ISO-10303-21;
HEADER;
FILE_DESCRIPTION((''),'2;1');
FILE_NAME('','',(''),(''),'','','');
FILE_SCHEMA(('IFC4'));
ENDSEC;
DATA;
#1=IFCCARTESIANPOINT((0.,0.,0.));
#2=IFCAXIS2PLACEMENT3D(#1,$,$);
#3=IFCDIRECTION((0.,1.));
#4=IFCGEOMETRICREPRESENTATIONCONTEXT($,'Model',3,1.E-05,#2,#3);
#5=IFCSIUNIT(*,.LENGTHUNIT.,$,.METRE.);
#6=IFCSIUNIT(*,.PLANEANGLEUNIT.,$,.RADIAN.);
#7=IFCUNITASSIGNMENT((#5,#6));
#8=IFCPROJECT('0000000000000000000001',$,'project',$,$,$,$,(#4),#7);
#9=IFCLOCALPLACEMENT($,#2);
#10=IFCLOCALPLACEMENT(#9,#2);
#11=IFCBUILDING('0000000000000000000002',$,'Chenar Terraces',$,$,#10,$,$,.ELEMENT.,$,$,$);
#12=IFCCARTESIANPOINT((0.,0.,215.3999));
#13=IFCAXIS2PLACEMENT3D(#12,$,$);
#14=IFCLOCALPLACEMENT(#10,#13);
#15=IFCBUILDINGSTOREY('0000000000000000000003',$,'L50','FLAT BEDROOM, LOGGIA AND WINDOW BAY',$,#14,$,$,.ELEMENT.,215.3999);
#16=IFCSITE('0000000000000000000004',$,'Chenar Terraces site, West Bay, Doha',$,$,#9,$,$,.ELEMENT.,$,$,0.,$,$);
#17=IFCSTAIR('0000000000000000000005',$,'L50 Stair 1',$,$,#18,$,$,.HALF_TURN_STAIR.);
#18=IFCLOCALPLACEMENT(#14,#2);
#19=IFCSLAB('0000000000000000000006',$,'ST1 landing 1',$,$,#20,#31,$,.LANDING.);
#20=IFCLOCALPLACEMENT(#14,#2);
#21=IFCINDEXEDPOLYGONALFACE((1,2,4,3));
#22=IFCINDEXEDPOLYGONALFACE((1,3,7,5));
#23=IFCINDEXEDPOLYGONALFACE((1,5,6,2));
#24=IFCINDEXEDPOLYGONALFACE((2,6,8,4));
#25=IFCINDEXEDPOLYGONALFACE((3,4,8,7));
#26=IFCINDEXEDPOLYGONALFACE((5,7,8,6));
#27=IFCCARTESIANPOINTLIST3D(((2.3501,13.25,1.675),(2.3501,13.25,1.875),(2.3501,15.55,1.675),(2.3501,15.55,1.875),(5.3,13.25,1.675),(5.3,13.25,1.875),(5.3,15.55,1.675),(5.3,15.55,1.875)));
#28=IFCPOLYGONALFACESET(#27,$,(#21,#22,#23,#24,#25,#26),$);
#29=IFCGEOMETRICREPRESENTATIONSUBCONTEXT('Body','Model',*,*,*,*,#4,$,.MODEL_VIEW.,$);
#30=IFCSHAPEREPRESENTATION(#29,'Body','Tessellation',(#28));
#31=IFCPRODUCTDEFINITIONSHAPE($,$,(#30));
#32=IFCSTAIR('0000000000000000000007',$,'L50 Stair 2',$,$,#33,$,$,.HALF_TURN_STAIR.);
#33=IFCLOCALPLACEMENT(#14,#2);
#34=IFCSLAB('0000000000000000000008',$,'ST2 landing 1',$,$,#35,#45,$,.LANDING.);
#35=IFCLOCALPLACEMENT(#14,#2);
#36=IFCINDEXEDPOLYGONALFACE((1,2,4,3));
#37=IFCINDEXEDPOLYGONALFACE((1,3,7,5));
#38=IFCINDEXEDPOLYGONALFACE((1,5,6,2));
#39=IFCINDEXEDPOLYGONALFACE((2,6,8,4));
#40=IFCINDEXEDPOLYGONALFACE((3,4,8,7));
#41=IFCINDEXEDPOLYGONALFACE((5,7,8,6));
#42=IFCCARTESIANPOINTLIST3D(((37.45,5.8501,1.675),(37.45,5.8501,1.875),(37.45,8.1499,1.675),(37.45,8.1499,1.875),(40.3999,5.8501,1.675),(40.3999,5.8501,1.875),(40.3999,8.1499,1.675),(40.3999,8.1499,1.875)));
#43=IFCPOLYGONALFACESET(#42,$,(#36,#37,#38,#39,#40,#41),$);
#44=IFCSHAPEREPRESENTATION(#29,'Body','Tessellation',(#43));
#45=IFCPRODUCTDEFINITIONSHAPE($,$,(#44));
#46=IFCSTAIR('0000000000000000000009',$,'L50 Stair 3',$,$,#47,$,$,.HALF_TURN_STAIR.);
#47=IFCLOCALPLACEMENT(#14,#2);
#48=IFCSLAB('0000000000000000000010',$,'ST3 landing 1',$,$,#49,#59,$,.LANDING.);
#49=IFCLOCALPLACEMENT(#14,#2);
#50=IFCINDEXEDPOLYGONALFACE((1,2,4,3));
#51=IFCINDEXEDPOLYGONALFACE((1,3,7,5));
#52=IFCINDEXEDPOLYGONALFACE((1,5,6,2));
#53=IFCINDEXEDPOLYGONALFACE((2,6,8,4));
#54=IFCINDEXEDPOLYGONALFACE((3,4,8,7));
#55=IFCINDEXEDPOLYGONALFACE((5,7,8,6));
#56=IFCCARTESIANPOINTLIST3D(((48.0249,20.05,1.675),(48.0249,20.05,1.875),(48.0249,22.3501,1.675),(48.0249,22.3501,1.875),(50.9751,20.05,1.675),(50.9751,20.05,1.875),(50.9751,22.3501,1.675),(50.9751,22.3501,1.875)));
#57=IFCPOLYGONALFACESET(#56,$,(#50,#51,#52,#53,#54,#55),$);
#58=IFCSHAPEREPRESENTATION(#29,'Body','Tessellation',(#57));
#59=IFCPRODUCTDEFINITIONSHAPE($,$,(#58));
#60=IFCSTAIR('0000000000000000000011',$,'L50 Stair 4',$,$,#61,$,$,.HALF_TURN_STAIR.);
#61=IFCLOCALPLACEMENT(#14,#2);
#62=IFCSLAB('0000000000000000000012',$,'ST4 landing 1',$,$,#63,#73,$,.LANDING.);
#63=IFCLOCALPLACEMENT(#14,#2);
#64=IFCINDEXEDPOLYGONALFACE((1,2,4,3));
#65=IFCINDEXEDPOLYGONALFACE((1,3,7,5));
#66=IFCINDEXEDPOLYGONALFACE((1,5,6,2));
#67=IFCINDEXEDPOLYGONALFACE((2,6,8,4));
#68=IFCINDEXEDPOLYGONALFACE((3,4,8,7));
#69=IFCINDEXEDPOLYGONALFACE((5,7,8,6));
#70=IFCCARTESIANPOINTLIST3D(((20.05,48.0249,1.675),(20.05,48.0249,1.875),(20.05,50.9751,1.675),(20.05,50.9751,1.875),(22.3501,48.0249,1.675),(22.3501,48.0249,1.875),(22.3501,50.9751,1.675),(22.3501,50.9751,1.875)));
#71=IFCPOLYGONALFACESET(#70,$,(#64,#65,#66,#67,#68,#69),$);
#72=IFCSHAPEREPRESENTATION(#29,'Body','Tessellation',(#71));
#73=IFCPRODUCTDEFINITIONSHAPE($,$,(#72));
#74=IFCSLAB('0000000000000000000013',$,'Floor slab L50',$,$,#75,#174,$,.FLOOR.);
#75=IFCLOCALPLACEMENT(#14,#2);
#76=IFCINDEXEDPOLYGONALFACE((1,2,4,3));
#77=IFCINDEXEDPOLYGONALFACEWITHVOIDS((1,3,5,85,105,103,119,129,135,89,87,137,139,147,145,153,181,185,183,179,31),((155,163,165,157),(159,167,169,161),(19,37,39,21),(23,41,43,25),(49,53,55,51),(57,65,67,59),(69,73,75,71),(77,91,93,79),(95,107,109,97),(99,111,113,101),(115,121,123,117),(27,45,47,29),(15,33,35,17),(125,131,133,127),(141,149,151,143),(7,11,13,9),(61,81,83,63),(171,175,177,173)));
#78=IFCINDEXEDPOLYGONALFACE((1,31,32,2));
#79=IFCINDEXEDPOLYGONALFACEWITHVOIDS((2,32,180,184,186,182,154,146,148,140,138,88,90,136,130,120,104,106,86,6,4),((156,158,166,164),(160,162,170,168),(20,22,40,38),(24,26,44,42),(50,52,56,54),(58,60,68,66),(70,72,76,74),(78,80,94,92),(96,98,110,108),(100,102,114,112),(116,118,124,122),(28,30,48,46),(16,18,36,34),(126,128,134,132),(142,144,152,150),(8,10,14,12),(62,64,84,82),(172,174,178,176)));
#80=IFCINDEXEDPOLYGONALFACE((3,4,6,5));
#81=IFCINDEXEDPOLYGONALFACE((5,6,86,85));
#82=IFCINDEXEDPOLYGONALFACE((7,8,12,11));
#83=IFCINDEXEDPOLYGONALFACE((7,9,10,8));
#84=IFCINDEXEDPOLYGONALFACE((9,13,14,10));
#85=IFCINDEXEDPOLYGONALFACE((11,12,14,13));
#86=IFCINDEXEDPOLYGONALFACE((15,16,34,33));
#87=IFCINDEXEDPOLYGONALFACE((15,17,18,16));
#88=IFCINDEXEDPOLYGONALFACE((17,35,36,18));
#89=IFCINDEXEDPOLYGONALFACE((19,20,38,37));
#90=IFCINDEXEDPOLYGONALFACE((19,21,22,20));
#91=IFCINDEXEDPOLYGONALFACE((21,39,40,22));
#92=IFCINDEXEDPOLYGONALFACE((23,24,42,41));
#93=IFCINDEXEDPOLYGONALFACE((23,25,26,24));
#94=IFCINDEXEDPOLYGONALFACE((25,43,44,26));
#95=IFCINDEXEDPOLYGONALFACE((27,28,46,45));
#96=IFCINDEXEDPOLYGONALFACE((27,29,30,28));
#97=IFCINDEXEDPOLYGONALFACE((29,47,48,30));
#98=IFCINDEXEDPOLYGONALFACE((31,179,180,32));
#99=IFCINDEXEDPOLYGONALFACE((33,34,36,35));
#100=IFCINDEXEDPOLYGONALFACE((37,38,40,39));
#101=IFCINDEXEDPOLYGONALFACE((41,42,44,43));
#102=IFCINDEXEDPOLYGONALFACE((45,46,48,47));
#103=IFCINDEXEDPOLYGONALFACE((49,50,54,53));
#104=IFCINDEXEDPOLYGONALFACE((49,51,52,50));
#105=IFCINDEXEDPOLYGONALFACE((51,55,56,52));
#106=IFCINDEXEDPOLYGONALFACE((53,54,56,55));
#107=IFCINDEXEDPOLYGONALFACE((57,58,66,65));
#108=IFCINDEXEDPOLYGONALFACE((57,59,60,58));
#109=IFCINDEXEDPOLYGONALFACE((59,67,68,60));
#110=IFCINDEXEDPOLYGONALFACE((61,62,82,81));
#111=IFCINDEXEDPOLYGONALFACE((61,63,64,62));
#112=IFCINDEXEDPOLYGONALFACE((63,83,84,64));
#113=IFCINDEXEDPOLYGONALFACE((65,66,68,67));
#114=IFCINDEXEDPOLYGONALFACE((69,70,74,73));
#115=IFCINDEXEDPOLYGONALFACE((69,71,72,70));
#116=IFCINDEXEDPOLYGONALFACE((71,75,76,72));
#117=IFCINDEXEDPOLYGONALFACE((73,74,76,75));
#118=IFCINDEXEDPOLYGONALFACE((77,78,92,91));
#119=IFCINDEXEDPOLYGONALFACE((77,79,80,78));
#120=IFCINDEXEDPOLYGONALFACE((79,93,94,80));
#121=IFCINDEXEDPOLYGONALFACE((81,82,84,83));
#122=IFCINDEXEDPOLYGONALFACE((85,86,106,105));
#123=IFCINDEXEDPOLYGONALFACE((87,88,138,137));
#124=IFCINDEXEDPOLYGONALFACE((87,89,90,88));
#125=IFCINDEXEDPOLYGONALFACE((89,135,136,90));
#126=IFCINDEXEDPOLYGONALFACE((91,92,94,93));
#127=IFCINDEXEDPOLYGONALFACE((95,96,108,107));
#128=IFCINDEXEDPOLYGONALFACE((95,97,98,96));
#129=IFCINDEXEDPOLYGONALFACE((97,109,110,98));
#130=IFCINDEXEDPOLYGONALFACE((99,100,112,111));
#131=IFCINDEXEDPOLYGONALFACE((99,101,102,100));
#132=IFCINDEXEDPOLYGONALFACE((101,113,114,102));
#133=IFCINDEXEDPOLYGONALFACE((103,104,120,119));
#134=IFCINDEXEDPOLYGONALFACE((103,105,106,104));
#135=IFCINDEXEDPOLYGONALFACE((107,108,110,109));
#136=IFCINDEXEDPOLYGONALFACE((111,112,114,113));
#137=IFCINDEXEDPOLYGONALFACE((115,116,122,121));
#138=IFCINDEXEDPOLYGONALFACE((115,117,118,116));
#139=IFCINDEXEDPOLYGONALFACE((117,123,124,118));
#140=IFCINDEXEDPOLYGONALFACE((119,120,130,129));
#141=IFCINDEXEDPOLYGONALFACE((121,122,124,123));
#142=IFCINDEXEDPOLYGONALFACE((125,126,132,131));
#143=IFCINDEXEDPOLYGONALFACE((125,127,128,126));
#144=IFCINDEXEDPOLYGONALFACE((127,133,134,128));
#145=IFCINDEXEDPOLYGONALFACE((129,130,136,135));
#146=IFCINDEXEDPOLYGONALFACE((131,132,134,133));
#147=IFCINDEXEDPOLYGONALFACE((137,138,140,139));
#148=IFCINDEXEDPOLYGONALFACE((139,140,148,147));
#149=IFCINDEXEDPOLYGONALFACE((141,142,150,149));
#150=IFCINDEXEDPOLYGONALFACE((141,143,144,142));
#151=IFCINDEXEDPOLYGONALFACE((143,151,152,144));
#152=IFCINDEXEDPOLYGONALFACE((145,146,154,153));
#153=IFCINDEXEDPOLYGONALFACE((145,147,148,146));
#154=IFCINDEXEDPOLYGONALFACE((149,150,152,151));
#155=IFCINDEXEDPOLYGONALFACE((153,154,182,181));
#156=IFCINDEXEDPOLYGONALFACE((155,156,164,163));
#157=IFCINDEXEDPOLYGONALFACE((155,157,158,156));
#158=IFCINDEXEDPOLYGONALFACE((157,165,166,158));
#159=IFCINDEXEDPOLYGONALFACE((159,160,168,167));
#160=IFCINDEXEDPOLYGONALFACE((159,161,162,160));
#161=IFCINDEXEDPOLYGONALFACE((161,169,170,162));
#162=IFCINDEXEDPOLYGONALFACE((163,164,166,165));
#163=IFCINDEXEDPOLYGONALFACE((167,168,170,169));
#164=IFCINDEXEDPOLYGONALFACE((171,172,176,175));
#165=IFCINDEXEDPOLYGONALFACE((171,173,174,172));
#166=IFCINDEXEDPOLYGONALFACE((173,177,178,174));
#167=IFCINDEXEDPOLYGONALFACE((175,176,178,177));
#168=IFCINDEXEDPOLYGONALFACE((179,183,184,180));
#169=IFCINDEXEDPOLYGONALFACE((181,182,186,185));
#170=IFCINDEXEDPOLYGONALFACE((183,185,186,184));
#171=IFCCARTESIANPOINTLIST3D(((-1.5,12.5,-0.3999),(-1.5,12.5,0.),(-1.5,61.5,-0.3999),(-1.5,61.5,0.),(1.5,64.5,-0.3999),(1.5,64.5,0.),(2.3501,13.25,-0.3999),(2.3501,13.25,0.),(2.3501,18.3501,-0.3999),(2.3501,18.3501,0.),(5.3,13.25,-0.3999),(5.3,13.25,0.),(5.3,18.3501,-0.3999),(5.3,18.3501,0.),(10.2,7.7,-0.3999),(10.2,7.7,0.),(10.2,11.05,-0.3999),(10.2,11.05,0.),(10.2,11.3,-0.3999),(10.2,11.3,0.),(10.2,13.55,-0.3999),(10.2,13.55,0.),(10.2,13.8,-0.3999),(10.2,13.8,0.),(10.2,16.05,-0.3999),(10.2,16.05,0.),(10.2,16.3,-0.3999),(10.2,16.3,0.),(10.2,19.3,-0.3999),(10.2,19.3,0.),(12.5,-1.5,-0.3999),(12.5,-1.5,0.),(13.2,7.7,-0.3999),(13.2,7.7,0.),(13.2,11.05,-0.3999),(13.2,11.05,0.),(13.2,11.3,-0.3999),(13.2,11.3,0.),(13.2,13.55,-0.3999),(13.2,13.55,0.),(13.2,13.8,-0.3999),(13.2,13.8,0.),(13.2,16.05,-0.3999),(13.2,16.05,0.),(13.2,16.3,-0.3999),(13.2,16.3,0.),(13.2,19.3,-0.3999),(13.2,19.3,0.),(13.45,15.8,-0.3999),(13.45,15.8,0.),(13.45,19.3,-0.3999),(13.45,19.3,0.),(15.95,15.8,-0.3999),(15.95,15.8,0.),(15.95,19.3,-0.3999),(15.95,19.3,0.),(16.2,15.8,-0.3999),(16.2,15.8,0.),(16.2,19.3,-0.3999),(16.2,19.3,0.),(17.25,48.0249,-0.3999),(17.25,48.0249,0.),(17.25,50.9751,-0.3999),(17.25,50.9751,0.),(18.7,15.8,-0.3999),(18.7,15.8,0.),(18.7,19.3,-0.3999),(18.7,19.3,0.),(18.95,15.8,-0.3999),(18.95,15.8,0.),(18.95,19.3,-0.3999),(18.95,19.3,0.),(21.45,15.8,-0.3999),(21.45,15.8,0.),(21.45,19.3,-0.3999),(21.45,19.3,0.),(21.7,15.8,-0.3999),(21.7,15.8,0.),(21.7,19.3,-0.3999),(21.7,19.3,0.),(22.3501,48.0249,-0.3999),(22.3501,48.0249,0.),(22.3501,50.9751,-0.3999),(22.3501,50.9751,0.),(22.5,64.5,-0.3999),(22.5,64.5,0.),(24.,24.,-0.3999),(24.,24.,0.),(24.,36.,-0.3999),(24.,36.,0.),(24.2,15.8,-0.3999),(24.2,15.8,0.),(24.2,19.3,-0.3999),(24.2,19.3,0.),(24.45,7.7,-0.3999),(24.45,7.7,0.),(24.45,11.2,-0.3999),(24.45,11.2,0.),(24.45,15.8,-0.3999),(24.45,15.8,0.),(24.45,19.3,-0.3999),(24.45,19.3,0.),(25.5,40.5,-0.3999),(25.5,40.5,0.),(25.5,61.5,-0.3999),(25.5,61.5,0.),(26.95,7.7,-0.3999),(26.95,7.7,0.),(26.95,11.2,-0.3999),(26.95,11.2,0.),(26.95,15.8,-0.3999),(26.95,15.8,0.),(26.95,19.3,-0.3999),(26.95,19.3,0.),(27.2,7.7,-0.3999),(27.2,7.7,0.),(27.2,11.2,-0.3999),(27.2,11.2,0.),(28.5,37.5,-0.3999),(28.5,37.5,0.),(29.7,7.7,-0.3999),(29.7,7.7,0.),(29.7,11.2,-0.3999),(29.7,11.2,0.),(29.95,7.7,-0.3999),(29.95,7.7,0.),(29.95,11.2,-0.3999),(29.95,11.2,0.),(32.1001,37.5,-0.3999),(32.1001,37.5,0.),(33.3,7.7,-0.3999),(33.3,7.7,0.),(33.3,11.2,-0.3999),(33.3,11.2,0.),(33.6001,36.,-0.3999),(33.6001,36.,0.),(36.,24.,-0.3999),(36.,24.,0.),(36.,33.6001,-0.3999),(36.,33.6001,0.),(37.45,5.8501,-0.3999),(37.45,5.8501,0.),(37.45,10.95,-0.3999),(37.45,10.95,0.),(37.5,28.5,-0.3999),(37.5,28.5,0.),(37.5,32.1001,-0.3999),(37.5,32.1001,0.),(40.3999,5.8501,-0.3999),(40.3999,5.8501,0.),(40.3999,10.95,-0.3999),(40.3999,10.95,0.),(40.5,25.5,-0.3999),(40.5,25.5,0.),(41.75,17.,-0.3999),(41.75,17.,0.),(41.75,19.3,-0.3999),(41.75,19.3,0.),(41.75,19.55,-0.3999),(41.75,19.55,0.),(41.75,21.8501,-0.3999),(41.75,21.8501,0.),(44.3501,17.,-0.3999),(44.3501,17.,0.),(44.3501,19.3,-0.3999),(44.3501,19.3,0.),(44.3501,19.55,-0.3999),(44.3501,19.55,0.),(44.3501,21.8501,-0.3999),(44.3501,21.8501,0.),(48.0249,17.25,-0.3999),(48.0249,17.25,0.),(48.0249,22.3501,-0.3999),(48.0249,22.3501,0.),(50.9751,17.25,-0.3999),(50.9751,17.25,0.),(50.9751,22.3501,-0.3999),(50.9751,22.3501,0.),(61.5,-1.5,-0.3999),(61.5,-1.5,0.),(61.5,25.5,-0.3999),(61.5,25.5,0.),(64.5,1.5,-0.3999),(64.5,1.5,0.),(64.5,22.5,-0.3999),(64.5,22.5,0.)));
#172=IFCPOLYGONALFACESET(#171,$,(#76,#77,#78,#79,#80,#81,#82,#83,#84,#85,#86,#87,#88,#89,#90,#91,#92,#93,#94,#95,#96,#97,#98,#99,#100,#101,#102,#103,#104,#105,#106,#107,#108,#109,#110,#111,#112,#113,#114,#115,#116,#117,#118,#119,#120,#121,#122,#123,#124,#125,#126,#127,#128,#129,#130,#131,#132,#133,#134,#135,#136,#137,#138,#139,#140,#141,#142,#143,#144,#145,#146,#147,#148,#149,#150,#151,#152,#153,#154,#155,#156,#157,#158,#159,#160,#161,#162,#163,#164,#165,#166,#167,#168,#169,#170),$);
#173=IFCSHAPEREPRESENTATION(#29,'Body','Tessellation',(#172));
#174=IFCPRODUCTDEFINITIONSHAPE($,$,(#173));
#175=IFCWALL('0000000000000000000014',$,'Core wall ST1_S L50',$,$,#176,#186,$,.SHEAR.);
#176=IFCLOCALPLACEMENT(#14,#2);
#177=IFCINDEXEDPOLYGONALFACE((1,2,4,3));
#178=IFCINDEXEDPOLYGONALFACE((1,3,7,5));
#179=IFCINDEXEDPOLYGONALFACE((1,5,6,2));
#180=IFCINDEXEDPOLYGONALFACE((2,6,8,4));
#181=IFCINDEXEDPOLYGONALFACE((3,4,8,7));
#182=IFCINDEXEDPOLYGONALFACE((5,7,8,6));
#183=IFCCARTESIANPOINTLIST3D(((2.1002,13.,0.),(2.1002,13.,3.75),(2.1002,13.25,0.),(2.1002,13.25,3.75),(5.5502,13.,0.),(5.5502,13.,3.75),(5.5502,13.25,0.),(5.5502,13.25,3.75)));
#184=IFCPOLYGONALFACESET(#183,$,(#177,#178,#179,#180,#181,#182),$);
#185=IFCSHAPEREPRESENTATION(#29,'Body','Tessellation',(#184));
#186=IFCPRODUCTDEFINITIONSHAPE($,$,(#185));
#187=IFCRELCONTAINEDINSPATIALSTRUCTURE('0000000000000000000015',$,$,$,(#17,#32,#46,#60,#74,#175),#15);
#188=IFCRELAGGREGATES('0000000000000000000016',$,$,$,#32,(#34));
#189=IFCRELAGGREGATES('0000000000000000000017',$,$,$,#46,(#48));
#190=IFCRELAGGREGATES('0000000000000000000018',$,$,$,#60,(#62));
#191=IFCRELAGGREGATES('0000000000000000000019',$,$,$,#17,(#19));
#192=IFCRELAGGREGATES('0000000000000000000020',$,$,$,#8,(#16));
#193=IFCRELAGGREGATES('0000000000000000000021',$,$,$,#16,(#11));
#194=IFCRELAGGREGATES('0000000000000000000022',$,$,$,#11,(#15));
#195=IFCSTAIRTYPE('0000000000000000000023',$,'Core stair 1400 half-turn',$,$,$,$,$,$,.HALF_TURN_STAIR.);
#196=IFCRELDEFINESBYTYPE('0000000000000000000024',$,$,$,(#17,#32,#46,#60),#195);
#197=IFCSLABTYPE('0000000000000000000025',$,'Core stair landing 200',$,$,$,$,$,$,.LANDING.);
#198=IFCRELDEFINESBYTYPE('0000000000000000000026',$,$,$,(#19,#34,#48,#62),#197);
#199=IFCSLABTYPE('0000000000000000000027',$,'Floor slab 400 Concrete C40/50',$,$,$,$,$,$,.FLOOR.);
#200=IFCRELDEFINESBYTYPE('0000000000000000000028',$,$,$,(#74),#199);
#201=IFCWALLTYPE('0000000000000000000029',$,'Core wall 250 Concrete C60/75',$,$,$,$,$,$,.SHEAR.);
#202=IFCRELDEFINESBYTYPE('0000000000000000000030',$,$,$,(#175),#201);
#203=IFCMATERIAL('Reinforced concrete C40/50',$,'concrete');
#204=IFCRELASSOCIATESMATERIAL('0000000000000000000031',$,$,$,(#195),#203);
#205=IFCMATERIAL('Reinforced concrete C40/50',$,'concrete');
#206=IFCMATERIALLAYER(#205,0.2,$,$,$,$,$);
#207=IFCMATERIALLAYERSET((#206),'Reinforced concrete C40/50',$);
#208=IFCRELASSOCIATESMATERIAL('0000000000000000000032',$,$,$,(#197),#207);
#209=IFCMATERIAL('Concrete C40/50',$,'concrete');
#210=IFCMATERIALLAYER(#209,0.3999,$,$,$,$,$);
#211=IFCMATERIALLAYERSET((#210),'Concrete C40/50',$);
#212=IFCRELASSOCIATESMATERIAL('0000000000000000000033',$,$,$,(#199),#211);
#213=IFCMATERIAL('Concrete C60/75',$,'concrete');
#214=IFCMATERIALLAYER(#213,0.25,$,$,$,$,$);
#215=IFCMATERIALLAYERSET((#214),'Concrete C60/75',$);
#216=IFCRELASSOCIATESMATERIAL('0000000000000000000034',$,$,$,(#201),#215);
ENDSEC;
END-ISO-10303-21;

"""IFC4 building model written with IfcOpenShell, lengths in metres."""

from ifc_helpers import new_model, si_unit, direction, frame, frame_2d, origin, place, context, subcontext, project, spatial, polyline, rectangle, outline, extrude, material, layer, layer_set, type_object, element, aggregate, save


model = new_model("IFC4")

# Units and contexts
model_context = context("Model", 3, precision=1e-05, world=origin(), true_north=direction((0.0, 1.0)))
body_context = subcontext(model_context, "Body", "Model", "MODEL_VIEW")
ifc_project = project(units=[si_unit("LENGTHUNIT", "METRE"), si_unit("PLANEANGLEUNIT", "RADIAN")], contexts=[model_context])

# Site, building, storey
site_placement = place(None, origin())
site = spatial("IfcSite", under=ifc_project, at=site_placement, Name="Chenar Terraces site, West Bay, Doha", CompositionType="ELEMENT", RefElevation=0.0)
building_placement = place(site_placement, origin())
building = spatial("IfcBuilding", under=site, at=building_placement, Name="Chenar Terraces", CompositionType="ELEMENT")
storey_placement = place(building_placement, frame((0.0, 0.0, 215.3999)))
storey = spatial("IfcBuildingStorey", under=building, at=storey_placement, Name="L50", Description="FLAT BEDROOM, LOGGIA AND WINDOW BAY", CompositionType="ELEMENT", Elevation=215.3999)

# Stairs, slabs
ifc_material_1 = material(Name="Reinforced concrete C40/50", Category="concrete")
stair_type = type_object("IfcStairType", Name="Core stair 1400 half-turn", PredefinedType="HALF_TURN_STAIR", material=ifc_material_1)
placement_1 = place(storey_placement, origin())
stair_1 = element("IfcStair", 1, at=placement_1, inside=storey, type_object=stair_type, Name="L50 Stair 1", PredefinedType="HALF_TURN_STAIR")
ifc_material_2 = material(Name="Reinforced concrete C40/50", Category="concrete")
ifc_layer_1 = layer(ifc_material_2, 0.2)
ifc_layer_set_1 = layer_set([ifc_layer_1], Name="Reinforced concrete C40/50")
slab_type_1 = type_object("IfcSlabType", Name="Core stair landing 200", PredefinedType="LANDING", material=ifc_layer_set_1)
placement_2 = place(storey_placement, frame((0.0, 0.0, 1.675)))
slab_1 = element("IfcSlab", 2, at=placement_2, type_object=slab_type_1, Name="ST1 landing 1", PredefinedType="LANDING", context=body_context, shape_type="SweptSolid", body=[
    extrude(outline(polyline([(2.3501, 15.55), (2.3501, 13.25), (5.3, 13.25), (5.3, 15.55), (2.3501, 15.55)])), origin(), (0.0, 0.0, 1.0), 0.2),
])
stair_2 = element("IfcStair", 3, at=placement_1, inside=storey, type_object=stair_type, Name="L50 Stair 2", PredefinedType="HALF_TURN_STAIR")
slab_2 = element("IfcSlab", 4, at=placement_2, type_object=slab_type_1, Name="ST2 landing 1", PredefinedType="LANDING", context=body_context, shape_type="SweptSolid", body=[
    extrude(outline(polyline([(37.45, 8.1499), (37.45, 5.8501), (40.3999, 5.8501), (40.3999, 8.1499), (37.45, 8.1499)])), origin(), (0.0, 0.0, 1.0), 0.2),
])
aggregate(stair_2, [slab_2])
stair_3 = element("IfcStair", 5, at=placement_1, inside=storey, type_object=stair_type, Name="L50 Stair 3", PredefinedType="HALF_TURN_STAIR")
slab_3 = element("IfcSlab", 6, at=placement_2, type_object=slab_type_1, Name="ST3 landing 1", PredefinedType="LANDING", context=body_context, shape_type="SweptSolid", body=[
    extrude(outline(polyline([(50.9751, 20.05), (50.9751, 22.3501), (48.0249, 22.3501), (48.0249, 20.05), (50.9751, 20.05)])), origin(), (0.0, 0.0, 1.0), 0.2),
])
aggregate(stair_3, [slab_3])
stair_4 = element("IfcStair", 7, at=placement_1, inside=storey, type_object=stair_type, Name="L50 Stair 4", PredefinedType="HALF_TURN_STAIR")
slab_4 = element("IfcSlab", 8, at=placement_2, type_object=slab_type_1, Name="ST4 landing 1", PredefinedType="LANDING", context=body_context, shape_type="SweptSolid", body=[
    extrude(outline(polyline([(20.05, 48.0249), (22.3501, 48.0249), (22.3501, 50.9751), (20.05, 50.9751), (20.05, 48.0249)])), origin(), (0.0, 0.0, 1.0), 0.2),
])
aggregate(stair_4, [slab_4])

# Slab
ifc_material_3 = material(Name="Concrete C40/50", Category="concrete")
ifc_layer_2 = layer(ifc_material_3, 0.3999)
ifc_layer_set_2 = layer_set([ifc_layer_2], Name="Concrete C40/50")
slab_type_2 = type_object("IfcSlabType", Name="Floor slab 400 Concrete C40/50", PredefinedType="FLOOR", material=ifc_layer_set_2)
slab_5_placement = place(storey_placement, frame((0.0, 0.0, -0.3999)))
element("IfcSlab", 9, at=slab_5_placement, inside=storey, type_object=slab_type_2, Name="Floor slab L50", PredefinedType="FLOOR", context=body_context, shape_type="SweptSolid", body=[
    extrude(outline(polyline([(64.5, 22.5), (64.5, 1.5), (61.5, -1.5), (12.5, -1.5), (-1.5, 12.5), (-1.5, 61.5), (1.5, 64.5), (22.5, 64.5), (25.5, 61.5), (25.5, 40.5), (28.5, 37.5), (32.1001, 37.5), (33.6001, 36.0), (24.0, 36.0), (24.0, 24.0), (36.0, 24.0), (36.0, 33.6001), (37.5, 32.1001), (37.5, 28.5), (40.5, 25.5), (61.5, 25.5), (64.5, 22.5)]), holes=[polyline([(13.2, 11.05), (10.2, 11.05), (10.2, 7.7), (13.2, 7.7), (13.2, 11.05)]), polyline([(13.2, 13.55), (10.2, 13.55), (10.2, 11.3), (13.2, 11.3), (13.2, 13.55)]), polyline([(13.2, 16.05), (10.2, 16.05), (10.2, 13.8), (13.2, 13.8), (13.2, 16.05)]), polyline([(2.3501, 13.25), (5.3, 13.25), (5.3, 18.3501), (2.3501, 18.3501), (2.3501, 13.25)]), polyline([(15.95, 19.3), (13.45, 19.3), (13.45, 15.8), (15.95, 15.8), (15.95, 19.3)]), polyline([(18.7, 19.3), (16.2, 19.3), (16.2, 15.8), (18.7, 15.8), (18.7, 19.3)]), polyline([(21.45, 19.3), (18.95, 19.3), (18.95, 15.8), (21.45, 15.8), (21.45, 19.3)]), polyline([(24.2, 15.8), (24.2, 19.3), (21.7, 19.3), (21.7, 15.8), (24.2, 15.8)]), polyline([(13.2, 16.3), (13.2, 19.3), (10.2, 19.3), (10.2, 16.3), (13.2, 16.3)]), polyline([(22.3501, 48.0249), (22.3501, 50.9751), (17.25, 50.9751), (17.25, 48.0249), (22.3501, 48.0249)]), polyline([(37.45, 5.8501), (40.3999, 5.8501), (40.3999, 10.95), (37.45, 10.95), (37.45, 5.8501)]), polyline([(26.95, 11.2), (24.45, 11.2), (24.45, 7.7), (26.95, 7.7), (26.95, 11.2)]), polyline([(29.7, 7.7), (29.7, 11.2), (27.2, 11.2), (27.2, 7.7), (29.7, 7.7)]), polyline([(33.3, 7.7), (33.3, 11.2), (29.95, 11.2), (29.95, 7.7), (33.3, 7.7)]), polyline([(26.95, 19.3), (24.45, 19.3), (24.45, 15.8), (26.95, 15.8), (26.95, 19.3)]), polyline([(44.3501, 19.3), (41.75, 19.3), (41.75, 17.0), (44.3501, 17.0), (44.3501, 19.3)]), polyline([(50.9751, 22.3501), (48.0249, 22.3501), (48.0249, 17.25), (50.9751, 17.25), (50.9751, 22.3501)]), polyline([(44.3501, 19.55), (44.3501, 21.8501), (41.75, 21.8501), (41.75, 19.55), (44.3501, 19.55)])]), origin(), (0.0, 0.0, 1.0), 0.3999),
])

# Wall
ifc_material_4 = material(Name="Concrete C60/75", Category="concrete")
ifc_layer_3 = layer(ifc_material_4, 0.25)
ifc_layer_set_3 = layer_set([ifc_layer_3], Name="Concrete C60/75")
wall_type_1 = type_object("IfcWallType", Name="Core wall 250 Concrete C60/75", PredefinedType="SHEAR", material=ifc_layer_set_3)
wall_1_placement = place(storey_placement, frame((2.1001, 13.125, 0.0), z_axis=(0.0, 0.0, 1.0), x_axis=(1.0, 0.0, 0.0)))
element("IfcWall", 10, at=wall_1_placement, inside=storey, type_object=wall_type_1, Name="Core wall ST1_S L50", PredefinedType="SHEAR", context=body_context, shape_type="SweptSolid", body=[
    extrude(rectangle(XDim=3.45, YDim=0.25, at=frame_2d((1.7251, 0.0))), origin(), (0.0, 0.0, 1.0), 3.75),
])

aggregate(stair_1, [slab_1])

save(model, "model.ifc")
